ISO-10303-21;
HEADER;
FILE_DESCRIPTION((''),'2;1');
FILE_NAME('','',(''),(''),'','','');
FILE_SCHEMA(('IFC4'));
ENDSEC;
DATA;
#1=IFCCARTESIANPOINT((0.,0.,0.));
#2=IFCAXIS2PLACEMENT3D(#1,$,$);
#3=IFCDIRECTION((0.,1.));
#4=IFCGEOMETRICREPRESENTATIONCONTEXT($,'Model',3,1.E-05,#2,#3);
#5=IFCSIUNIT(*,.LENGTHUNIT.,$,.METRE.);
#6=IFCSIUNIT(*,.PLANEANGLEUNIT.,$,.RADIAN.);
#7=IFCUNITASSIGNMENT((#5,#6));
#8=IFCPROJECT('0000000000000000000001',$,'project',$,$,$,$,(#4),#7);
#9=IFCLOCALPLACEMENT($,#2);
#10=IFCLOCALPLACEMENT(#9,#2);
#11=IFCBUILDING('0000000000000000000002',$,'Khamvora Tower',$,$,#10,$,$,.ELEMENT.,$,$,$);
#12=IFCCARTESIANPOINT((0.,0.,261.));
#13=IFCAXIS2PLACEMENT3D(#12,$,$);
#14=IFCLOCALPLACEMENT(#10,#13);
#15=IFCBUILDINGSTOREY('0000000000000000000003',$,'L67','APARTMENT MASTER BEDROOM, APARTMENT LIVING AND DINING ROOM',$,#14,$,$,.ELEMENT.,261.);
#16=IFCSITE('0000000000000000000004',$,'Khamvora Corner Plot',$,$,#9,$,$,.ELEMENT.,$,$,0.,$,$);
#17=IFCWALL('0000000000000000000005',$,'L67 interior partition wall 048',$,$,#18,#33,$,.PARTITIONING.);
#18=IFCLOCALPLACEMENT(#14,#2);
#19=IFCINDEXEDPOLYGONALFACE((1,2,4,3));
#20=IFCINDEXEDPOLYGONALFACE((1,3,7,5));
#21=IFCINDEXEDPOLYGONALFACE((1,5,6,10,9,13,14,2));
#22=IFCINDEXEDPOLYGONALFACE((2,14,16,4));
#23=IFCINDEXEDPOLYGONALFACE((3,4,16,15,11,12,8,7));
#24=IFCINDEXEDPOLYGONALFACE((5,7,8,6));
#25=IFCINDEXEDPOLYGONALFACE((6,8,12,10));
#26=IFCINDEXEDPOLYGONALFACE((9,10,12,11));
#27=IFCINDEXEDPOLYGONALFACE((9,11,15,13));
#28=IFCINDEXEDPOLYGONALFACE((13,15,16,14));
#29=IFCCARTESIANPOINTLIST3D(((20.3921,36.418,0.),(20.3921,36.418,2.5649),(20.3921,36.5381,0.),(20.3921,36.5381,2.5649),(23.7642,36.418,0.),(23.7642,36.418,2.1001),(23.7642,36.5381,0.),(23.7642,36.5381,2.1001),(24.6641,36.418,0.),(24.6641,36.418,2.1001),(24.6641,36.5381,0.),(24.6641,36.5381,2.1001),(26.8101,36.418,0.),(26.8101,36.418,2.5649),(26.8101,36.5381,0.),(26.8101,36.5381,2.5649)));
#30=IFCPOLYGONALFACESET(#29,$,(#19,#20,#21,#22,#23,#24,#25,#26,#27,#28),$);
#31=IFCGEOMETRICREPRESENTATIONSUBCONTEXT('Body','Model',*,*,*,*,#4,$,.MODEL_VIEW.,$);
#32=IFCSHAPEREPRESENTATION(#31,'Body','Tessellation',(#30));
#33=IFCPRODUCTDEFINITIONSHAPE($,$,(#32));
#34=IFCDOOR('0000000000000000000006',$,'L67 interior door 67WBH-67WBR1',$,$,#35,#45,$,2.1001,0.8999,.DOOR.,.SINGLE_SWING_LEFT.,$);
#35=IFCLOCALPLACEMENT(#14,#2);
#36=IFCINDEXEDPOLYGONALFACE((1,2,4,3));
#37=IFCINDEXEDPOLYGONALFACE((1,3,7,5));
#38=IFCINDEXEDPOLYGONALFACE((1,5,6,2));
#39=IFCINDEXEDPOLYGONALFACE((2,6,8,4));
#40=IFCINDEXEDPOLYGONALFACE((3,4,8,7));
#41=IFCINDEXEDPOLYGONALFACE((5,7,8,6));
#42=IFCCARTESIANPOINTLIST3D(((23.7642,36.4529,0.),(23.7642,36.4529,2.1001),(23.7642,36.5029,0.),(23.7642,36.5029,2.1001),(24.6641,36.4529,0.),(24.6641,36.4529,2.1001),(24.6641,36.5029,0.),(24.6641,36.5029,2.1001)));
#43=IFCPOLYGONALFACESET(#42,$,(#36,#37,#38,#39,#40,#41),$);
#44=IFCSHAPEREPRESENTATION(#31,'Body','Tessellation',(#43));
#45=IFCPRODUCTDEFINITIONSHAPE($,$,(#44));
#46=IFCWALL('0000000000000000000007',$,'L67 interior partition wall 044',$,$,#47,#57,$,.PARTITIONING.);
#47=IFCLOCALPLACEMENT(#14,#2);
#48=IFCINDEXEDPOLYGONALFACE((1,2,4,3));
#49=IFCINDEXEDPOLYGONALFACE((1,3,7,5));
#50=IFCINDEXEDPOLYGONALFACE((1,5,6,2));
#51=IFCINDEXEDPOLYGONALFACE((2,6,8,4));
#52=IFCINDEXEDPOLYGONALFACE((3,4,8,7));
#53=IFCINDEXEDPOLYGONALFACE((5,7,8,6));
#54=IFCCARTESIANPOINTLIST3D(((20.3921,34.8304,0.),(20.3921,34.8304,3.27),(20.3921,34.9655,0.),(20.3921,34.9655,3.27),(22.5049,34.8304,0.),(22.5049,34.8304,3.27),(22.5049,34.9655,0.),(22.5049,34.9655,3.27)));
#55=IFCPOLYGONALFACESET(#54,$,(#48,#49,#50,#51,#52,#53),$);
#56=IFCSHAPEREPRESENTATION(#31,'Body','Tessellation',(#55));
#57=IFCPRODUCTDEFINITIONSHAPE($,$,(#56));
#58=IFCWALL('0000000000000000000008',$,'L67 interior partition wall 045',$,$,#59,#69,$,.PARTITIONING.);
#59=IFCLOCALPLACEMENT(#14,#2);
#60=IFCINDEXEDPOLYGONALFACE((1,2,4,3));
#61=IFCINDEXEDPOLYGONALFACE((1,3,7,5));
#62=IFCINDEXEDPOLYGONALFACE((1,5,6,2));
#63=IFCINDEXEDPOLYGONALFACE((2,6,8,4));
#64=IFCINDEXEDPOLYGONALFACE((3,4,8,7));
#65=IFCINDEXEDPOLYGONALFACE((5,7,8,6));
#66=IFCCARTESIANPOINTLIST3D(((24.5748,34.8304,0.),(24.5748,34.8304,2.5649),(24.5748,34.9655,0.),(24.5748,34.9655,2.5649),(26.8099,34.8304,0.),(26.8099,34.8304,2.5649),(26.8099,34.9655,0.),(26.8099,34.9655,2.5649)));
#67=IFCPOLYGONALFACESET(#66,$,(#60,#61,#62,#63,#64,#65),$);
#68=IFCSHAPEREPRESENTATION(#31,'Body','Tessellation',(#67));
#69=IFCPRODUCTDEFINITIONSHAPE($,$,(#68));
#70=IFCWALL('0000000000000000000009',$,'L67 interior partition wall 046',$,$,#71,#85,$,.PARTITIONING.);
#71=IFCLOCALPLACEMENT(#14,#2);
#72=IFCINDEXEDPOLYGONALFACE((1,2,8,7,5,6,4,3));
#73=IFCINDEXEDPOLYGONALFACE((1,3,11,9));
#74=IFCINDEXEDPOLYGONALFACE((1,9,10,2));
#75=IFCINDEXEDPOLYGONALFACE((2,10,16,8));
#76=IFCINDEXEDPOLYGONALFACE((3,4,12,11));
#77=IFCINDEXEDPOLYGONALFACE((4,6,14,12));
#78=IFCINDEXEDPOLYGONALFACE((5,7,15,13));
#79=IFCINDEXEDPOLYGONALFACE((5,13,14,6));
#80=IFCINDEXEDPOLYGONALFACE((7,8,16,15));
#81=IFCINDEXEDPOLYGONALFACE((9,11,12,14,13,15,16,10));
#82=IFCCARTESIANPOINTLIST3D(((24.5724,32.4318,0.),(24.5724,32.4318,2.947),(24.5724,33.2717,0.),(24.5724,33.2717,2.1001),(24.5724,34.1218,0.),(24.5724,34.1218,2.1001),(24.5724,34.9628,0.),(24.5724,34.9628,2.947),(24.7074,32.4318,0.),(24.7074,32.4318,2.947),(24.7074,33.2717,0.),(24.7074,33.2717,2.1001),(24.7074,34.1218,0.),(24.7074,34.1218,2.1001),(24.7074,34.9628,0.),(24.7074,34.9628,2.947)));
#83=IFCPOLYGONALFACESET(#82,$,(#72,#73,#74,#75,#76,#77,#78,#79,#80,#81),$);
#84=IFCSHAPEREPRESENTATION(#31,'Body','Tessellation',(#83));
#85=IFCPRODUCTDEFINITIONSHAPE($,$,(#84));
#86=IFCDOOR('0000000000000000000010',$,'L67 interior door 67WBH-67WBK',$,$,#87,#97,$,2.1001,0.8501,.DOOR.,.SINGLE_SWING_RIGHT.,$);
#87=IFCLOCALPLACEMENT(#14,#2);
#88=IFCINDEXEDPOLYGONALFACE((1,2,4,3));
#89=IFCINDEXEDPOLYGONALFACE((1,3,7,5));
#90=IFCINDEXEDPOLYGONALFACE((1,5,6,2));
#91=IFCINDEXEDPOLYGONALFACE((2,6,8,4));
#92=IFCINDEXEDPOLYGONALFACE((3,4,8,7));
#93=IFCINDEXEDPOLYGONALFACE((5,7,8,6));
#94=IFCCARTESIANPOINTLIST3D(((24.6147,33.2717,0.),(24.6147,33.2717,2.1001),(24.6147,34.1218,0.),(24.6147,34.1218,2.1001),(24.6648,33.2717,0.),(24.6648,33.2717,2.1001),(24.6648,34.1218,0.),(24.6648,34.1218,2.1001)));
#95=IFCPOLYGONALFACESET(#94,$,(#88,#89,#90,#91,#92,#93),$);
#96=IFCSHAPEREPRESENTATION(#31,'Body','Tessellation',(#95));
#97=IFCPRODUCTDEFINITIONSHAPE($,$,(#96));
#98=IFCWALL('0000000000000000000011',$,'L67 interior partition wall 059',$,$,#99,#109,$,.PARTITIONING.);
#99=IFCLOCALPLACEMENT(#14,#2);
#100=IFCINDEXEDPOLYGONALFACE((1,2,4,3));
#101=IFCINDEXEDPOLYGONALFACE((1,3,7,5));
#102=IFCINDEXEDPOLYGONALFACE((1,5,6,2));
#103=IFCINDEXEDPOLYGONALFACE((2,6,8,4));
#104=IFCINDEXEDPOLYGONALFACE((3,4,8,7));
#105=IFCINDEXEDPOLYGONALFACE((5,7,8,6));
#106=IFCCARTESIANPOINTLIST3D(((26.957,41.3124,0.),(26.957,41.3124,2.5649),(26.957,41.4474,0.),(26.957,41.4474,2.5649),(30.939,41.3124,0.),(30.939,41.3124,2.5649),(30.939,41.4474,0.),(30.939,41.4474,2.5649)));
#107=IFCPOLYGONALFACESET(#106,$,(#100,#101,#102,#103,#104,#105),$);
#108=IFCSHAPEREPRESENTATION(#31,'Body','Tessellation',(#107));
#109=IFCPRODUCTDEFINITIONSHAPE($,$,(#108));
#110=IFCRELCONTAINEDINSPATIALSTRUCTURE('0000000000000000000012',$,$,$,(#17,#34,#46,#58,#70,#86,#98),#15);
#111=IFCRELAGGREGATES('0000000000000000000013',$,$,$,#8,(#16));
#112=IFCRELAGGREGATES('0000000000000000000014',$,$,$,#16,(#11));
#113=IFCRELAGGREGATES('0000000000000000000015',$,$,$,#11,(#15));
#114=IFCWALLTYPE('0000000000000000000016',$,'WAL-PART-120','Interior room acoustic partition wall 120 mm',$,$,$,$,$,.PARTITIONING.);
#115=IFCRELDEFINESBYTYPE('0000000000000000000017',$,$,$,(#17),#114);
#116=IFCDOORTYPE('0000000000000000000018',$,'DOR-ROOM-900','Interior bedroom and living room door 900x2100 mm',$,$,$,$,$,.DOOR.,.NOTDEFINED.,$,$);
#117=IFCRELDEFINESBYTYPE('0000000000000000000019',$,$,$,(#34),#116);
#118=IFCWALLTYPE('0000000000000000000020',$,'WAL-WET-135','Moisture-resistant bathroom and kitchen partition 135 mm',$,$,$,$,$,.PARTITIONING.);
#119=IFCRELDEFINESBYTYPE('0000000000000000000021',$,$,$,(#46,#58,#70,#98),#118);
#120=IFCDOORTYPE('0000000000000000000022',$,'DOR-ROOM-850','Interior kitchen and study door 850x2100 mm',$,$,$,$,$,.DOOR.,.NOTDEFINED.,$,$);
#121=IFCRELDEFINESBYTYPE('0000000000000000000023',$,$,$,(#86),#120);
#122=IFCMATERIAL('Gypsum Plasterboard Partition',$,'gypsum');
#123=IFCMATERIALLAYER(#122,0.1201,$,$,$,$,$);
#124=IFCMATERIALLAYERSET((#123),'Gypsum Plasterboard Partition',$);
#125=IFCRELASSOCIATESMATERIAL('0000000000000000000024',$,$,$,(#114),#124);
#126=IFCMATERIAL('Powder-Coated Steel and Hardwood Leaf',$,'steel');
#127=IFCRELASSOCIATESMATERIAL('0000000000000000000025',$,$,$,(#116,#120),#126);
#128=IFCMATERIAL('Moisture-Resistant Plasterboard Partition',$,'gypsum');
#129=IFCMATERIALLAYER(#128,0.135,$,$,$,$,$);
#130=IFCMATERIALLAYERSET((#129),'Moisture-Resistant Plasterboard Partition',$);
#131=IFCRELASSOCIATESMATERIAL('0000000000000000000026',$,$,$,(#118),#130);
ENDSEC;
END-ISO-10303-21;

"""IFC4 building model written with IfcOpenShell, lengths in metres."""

from ifc_helpers import new_model, si_unit, direction, frame, frame_2d, origin, place, context, subcontext, project, spatial, rectangle, extrude, material, layer, layer_set, type_object, element, fill, save


model = new_model("IFC4")

# Units and contexts
model_context = context("Model", 3, precision=1e-05, world=origin(), true_north=direction((0.0, 1.0)))
body_context = subcontext(model_context, "Body", "Model", "MODEL_VIEW")
ifc_project = project(units=[si_unit("LENGTHUNIT", "METRE"), si_unit("PLANEANGLEUNIT", "RADIAN")], contexts=[model_context])

# Site, building, storey
site_placement = place(None, origin())
site = spatial("IfcSite", under=ifc_project, at=site_placement, Name="Khamvora Corner Plot", CompositionType="ELEMENT", RefElevation=0.0)
building_placement = place(site_placement, origin())
building = spatial("IfcBuilding", under=site, at=building_placement, Name="Khamvora Tower", CompositionType="ELEMENT")
storey_placement = place(building_placement, frame((0.0, 0.0, 261.0)))
storey = spatial("IfcBuildingStorey", under=building, at=storey_placement, Name="L67", Description="APARTMENT MASTER BEDROOM, APARTMENT LIVING AND DINING ROOM", CompositionType="ELEMENT", Elevation=261.0)

# Shared definitions
ifc_material_1 = material(Name="Gypsum Plasterboard Partition", Category="gypsum")
ifc_layer_1 = layer(ifc_material_1, 0.1201)
ifc_layer_set_1 = layer_set([ifc_layer_1], Name="Gypsum Plasterboard Partition")
wall_type_1 = type_object("IfcWallType", Name="WAL-PART-120", Description="Interior room acoustic partition wall 120 mm", PredefinedType="PARTITIONING", material=ifc_layer_set_1)

# Wall, opening, door
wall_1_placement = place(storey_placement, frame((20.3921, 36.478, 0.0), z_axis=(0.0, 0.0, 1.0), x_axis=(1.0, 0.0, 0.0)))
wall_1 = element("IfcWall", 1, at=wall_1_placement, inside=storey, type_object=wall_type_1, Name="L67 interior partition wall 048", PredefinedType="PARTITIONING", context=body_context, shape_type="SweptSolid", body=[
    extrude(rectangle(XDim=6.418, YDim=0.1201, at=frame_2d((3.209, 0.0))), origin(), (0.0, 0.0, 1.0), 2.5649),
])
opening_1_placement = place(wall_1_placement, frame((3.3721, 0.0, 0.0)))
opening_1 = element("IfcOpeningElement", 2, at=opening_1_placement, cuts=wall_1, PredefinedType="OPENING", context=body_context, shape_type="SweptSolid", body=[
    extrude(rectangle(XDim=0.8999, YDim=2.1001, at=frame_2d((0.45, 1.05))), frame((0.0, 0.0701, 0.0), z_axis=(0.0, -1.0, 0.0), x_axis=(1.0, 0.0, 0.0)), (0.0, 0.0, 1.0), 0.1401),
])
ifc_material_2 = material(Name="Powder-Coated Steel and Hardwood Leaf", Category="steel")
door_type_1 = type_object("IfcDoorType", Name="DOR-ROOM-900", Description="Interior bedroom and living room door 900x2100 mm", OperationType="NOTDEFINED", PredefinedType="DOOR", material=ifc_material_2)
door_1_placement = place(opening_1_placement, origin())
door_1 = element("IfcDoor", 3, at=door_1_placement, inside=storey, type_object=door_type_1, Name="L67 interior door 67WBH-67WBR1", OperationType="SINGLE_SWING_LEFT", OverallHeight=2.1001, OverallWidth=0.8999, PredefinedType="DOOR", context=body_context, shape_type="SweptSolid", body=[
    extrude(rectangle(XDim=0.8999, YDim=2.1001, at=frame_2d((0.45, 1.05))), frame((0.0, 0.0249, 0.0), z_axis=(0.0, -1.0, 0.0), x_axis=(1.0, 0.0, 0.0)), (0.0, 0.0, 1.0), 0.05),
])
fill(opening_1, door_1)

# Walls
ifc_material_3 = material(Name="Moisture-Resistant Plasterboard Partition", Category="gypsum")
ifc_layer_2 = layer(ifc_material_3, 0.135)
ifc_layer_set_2 = layer_set([ifc_layer_2], Name="Moisture-Resistant Plasterboard Partition")
wall_type_2 = type_object("IfcWallType", Name="WAL-WET-135", Description="Moisture-resistant bathroom and kitchen partition 135 mm", PredefinedType="PARTITIONING", material=ifc_layer_set_2)
wall_2_placement = place(storey_placement, frame((22.5049, 34.8979, 0.0), z_axis=(0.0, 0.0, 1.0), x_axis=(-1.0, 0.0, 0.0)))
element("IfcWall", 4, at=wall_2_placement, inside=storey, type_object=wall_type_2, Name="L67 interior partition wall 044", PredefinedType="PARTITIONING", context=body_context, shape_type="SweptSolid", body=[
    extrude(rectangle(XDim=2.1128, YDim=0.135, at=frame_2d((1.0564, 0.0))), origin(), (0.0, 0.0, 1.0), 3.27),
])
wall_3_placement = place(storey_placement, frame((26.8101, 34.8979, 0.0), z_axis=(0.0, 0.0, 1.0), x_axis=(-1.0, 0.0, 0.0)))
element("IfcWall", 5, at=wall_3_placement, inside=storey, type_object=wall_type_2, Name="L67 interior partition wall 045", PredefinedType="PARTITIONING", context=body_context, shape_type="SweptSolid", body=[
    extrude(rectangle(XDim=2.2351, YDim=0.135, at=frame_2d((1.1177, 0.0))), origin(), (0.0, 0.0, 1.0), 2.5649),
])

# Wall, opening, door
wall_4_placement = place(storey_placement, frame((24.6399, 34.9629, 0.0), z_axis=(0.0, 0.0, 1.0), x_axis=(0.0, -1.0, 0.0)))
wall_4 = element("IfcWall", 6, at=wall_4_placement, inside=storey, type_object=wall_type_2, Name="L67 interior partition wall 046", PredefinedType="PARTITIONING", context=body_context, shape_type="SweptSolid", body=[
    extrude(rectangle(XDim=2.531, YDim=0.135, at=frame_2d((1.2656, 0.0))), origin(), (0.0, 0.0, 1.0), 2.947),
])
opening_2_placement = place(wall_4_placement, frame((0.8411, 0.0, 0.0)))
opening_2 = element("IfcOpeningElement", 7, at=opening_2_placement, cuts=wall_4, PredefinedType="OPENING", context=body_context, shape_type="SweptSolid", body=[
    extrude(rectangle(XDim=0.8501, YDim=2.1001, at=frame_2d((0.425, 1.05))), frame((0.0, 0.0774, 0.0), z_axis=(0.0, -1.0, 0.0), x_axis=(1.0, 0.0, 0.0)), (0.0, 0.0, 1.0), 0.155),
])
door_type_2 = type_object("IfcDoorType", Name="DOR-ROOM-850", Description="Interior kitchen and study door 850x2100 mm", OperationType="NOTDEFINED", PredefinedType="DOOR", material=ifc_material_2)
door_2_placement = place(opening_2_placement, origin())
door_2 = element("IfcDoor", 8, at=door_2_placement, inside=storey, type_object=door_type_2, Name="L67 interior door 67WBH-67WBK", OperationType="SINGLE_SWING_RIGHT", OverallHeight=2.1001, OverallWidth=0.8501, PredefinedType="DOOR", context=body_context, shape_type="SweptSolid", body=[
    extrude(rectangle(XDim=0.8501, YDim=2.1001, at=frame_2d((0.425, 1.05))), frame((0.0, 0.0249, 0.0), z_axis=(0.0, -1.0, 0.0), x_axis=(1.0, 0.0, 0.0)), (0.0, 0.0, 1.0), 0.05),
])
fill(opening_2, door_2)

# Wall
wall_5_placement = place(storey_placement, frame((26.957, 41.3799, 0.0), z_axis=(0.0, 0.0, 1.0), x_axis=(1.0, 0.0, 0.0)))
element("IfcWall", 9, at=wall_5_placement, inside=storey, type_object=wall_type_2, Name="L67 interior partition wall 059", PredefinedType="PARTITIONING", context=body_context, shape_type="SweptSolid", body=[
    extrude(rectangle(XDim=3.9819, YDim=0.135, at=frame_2d((1.991, 0.0))), origin(), (0.0, 0.0, 1.0), 2.5649),
])

save(model, "model.ifc")
